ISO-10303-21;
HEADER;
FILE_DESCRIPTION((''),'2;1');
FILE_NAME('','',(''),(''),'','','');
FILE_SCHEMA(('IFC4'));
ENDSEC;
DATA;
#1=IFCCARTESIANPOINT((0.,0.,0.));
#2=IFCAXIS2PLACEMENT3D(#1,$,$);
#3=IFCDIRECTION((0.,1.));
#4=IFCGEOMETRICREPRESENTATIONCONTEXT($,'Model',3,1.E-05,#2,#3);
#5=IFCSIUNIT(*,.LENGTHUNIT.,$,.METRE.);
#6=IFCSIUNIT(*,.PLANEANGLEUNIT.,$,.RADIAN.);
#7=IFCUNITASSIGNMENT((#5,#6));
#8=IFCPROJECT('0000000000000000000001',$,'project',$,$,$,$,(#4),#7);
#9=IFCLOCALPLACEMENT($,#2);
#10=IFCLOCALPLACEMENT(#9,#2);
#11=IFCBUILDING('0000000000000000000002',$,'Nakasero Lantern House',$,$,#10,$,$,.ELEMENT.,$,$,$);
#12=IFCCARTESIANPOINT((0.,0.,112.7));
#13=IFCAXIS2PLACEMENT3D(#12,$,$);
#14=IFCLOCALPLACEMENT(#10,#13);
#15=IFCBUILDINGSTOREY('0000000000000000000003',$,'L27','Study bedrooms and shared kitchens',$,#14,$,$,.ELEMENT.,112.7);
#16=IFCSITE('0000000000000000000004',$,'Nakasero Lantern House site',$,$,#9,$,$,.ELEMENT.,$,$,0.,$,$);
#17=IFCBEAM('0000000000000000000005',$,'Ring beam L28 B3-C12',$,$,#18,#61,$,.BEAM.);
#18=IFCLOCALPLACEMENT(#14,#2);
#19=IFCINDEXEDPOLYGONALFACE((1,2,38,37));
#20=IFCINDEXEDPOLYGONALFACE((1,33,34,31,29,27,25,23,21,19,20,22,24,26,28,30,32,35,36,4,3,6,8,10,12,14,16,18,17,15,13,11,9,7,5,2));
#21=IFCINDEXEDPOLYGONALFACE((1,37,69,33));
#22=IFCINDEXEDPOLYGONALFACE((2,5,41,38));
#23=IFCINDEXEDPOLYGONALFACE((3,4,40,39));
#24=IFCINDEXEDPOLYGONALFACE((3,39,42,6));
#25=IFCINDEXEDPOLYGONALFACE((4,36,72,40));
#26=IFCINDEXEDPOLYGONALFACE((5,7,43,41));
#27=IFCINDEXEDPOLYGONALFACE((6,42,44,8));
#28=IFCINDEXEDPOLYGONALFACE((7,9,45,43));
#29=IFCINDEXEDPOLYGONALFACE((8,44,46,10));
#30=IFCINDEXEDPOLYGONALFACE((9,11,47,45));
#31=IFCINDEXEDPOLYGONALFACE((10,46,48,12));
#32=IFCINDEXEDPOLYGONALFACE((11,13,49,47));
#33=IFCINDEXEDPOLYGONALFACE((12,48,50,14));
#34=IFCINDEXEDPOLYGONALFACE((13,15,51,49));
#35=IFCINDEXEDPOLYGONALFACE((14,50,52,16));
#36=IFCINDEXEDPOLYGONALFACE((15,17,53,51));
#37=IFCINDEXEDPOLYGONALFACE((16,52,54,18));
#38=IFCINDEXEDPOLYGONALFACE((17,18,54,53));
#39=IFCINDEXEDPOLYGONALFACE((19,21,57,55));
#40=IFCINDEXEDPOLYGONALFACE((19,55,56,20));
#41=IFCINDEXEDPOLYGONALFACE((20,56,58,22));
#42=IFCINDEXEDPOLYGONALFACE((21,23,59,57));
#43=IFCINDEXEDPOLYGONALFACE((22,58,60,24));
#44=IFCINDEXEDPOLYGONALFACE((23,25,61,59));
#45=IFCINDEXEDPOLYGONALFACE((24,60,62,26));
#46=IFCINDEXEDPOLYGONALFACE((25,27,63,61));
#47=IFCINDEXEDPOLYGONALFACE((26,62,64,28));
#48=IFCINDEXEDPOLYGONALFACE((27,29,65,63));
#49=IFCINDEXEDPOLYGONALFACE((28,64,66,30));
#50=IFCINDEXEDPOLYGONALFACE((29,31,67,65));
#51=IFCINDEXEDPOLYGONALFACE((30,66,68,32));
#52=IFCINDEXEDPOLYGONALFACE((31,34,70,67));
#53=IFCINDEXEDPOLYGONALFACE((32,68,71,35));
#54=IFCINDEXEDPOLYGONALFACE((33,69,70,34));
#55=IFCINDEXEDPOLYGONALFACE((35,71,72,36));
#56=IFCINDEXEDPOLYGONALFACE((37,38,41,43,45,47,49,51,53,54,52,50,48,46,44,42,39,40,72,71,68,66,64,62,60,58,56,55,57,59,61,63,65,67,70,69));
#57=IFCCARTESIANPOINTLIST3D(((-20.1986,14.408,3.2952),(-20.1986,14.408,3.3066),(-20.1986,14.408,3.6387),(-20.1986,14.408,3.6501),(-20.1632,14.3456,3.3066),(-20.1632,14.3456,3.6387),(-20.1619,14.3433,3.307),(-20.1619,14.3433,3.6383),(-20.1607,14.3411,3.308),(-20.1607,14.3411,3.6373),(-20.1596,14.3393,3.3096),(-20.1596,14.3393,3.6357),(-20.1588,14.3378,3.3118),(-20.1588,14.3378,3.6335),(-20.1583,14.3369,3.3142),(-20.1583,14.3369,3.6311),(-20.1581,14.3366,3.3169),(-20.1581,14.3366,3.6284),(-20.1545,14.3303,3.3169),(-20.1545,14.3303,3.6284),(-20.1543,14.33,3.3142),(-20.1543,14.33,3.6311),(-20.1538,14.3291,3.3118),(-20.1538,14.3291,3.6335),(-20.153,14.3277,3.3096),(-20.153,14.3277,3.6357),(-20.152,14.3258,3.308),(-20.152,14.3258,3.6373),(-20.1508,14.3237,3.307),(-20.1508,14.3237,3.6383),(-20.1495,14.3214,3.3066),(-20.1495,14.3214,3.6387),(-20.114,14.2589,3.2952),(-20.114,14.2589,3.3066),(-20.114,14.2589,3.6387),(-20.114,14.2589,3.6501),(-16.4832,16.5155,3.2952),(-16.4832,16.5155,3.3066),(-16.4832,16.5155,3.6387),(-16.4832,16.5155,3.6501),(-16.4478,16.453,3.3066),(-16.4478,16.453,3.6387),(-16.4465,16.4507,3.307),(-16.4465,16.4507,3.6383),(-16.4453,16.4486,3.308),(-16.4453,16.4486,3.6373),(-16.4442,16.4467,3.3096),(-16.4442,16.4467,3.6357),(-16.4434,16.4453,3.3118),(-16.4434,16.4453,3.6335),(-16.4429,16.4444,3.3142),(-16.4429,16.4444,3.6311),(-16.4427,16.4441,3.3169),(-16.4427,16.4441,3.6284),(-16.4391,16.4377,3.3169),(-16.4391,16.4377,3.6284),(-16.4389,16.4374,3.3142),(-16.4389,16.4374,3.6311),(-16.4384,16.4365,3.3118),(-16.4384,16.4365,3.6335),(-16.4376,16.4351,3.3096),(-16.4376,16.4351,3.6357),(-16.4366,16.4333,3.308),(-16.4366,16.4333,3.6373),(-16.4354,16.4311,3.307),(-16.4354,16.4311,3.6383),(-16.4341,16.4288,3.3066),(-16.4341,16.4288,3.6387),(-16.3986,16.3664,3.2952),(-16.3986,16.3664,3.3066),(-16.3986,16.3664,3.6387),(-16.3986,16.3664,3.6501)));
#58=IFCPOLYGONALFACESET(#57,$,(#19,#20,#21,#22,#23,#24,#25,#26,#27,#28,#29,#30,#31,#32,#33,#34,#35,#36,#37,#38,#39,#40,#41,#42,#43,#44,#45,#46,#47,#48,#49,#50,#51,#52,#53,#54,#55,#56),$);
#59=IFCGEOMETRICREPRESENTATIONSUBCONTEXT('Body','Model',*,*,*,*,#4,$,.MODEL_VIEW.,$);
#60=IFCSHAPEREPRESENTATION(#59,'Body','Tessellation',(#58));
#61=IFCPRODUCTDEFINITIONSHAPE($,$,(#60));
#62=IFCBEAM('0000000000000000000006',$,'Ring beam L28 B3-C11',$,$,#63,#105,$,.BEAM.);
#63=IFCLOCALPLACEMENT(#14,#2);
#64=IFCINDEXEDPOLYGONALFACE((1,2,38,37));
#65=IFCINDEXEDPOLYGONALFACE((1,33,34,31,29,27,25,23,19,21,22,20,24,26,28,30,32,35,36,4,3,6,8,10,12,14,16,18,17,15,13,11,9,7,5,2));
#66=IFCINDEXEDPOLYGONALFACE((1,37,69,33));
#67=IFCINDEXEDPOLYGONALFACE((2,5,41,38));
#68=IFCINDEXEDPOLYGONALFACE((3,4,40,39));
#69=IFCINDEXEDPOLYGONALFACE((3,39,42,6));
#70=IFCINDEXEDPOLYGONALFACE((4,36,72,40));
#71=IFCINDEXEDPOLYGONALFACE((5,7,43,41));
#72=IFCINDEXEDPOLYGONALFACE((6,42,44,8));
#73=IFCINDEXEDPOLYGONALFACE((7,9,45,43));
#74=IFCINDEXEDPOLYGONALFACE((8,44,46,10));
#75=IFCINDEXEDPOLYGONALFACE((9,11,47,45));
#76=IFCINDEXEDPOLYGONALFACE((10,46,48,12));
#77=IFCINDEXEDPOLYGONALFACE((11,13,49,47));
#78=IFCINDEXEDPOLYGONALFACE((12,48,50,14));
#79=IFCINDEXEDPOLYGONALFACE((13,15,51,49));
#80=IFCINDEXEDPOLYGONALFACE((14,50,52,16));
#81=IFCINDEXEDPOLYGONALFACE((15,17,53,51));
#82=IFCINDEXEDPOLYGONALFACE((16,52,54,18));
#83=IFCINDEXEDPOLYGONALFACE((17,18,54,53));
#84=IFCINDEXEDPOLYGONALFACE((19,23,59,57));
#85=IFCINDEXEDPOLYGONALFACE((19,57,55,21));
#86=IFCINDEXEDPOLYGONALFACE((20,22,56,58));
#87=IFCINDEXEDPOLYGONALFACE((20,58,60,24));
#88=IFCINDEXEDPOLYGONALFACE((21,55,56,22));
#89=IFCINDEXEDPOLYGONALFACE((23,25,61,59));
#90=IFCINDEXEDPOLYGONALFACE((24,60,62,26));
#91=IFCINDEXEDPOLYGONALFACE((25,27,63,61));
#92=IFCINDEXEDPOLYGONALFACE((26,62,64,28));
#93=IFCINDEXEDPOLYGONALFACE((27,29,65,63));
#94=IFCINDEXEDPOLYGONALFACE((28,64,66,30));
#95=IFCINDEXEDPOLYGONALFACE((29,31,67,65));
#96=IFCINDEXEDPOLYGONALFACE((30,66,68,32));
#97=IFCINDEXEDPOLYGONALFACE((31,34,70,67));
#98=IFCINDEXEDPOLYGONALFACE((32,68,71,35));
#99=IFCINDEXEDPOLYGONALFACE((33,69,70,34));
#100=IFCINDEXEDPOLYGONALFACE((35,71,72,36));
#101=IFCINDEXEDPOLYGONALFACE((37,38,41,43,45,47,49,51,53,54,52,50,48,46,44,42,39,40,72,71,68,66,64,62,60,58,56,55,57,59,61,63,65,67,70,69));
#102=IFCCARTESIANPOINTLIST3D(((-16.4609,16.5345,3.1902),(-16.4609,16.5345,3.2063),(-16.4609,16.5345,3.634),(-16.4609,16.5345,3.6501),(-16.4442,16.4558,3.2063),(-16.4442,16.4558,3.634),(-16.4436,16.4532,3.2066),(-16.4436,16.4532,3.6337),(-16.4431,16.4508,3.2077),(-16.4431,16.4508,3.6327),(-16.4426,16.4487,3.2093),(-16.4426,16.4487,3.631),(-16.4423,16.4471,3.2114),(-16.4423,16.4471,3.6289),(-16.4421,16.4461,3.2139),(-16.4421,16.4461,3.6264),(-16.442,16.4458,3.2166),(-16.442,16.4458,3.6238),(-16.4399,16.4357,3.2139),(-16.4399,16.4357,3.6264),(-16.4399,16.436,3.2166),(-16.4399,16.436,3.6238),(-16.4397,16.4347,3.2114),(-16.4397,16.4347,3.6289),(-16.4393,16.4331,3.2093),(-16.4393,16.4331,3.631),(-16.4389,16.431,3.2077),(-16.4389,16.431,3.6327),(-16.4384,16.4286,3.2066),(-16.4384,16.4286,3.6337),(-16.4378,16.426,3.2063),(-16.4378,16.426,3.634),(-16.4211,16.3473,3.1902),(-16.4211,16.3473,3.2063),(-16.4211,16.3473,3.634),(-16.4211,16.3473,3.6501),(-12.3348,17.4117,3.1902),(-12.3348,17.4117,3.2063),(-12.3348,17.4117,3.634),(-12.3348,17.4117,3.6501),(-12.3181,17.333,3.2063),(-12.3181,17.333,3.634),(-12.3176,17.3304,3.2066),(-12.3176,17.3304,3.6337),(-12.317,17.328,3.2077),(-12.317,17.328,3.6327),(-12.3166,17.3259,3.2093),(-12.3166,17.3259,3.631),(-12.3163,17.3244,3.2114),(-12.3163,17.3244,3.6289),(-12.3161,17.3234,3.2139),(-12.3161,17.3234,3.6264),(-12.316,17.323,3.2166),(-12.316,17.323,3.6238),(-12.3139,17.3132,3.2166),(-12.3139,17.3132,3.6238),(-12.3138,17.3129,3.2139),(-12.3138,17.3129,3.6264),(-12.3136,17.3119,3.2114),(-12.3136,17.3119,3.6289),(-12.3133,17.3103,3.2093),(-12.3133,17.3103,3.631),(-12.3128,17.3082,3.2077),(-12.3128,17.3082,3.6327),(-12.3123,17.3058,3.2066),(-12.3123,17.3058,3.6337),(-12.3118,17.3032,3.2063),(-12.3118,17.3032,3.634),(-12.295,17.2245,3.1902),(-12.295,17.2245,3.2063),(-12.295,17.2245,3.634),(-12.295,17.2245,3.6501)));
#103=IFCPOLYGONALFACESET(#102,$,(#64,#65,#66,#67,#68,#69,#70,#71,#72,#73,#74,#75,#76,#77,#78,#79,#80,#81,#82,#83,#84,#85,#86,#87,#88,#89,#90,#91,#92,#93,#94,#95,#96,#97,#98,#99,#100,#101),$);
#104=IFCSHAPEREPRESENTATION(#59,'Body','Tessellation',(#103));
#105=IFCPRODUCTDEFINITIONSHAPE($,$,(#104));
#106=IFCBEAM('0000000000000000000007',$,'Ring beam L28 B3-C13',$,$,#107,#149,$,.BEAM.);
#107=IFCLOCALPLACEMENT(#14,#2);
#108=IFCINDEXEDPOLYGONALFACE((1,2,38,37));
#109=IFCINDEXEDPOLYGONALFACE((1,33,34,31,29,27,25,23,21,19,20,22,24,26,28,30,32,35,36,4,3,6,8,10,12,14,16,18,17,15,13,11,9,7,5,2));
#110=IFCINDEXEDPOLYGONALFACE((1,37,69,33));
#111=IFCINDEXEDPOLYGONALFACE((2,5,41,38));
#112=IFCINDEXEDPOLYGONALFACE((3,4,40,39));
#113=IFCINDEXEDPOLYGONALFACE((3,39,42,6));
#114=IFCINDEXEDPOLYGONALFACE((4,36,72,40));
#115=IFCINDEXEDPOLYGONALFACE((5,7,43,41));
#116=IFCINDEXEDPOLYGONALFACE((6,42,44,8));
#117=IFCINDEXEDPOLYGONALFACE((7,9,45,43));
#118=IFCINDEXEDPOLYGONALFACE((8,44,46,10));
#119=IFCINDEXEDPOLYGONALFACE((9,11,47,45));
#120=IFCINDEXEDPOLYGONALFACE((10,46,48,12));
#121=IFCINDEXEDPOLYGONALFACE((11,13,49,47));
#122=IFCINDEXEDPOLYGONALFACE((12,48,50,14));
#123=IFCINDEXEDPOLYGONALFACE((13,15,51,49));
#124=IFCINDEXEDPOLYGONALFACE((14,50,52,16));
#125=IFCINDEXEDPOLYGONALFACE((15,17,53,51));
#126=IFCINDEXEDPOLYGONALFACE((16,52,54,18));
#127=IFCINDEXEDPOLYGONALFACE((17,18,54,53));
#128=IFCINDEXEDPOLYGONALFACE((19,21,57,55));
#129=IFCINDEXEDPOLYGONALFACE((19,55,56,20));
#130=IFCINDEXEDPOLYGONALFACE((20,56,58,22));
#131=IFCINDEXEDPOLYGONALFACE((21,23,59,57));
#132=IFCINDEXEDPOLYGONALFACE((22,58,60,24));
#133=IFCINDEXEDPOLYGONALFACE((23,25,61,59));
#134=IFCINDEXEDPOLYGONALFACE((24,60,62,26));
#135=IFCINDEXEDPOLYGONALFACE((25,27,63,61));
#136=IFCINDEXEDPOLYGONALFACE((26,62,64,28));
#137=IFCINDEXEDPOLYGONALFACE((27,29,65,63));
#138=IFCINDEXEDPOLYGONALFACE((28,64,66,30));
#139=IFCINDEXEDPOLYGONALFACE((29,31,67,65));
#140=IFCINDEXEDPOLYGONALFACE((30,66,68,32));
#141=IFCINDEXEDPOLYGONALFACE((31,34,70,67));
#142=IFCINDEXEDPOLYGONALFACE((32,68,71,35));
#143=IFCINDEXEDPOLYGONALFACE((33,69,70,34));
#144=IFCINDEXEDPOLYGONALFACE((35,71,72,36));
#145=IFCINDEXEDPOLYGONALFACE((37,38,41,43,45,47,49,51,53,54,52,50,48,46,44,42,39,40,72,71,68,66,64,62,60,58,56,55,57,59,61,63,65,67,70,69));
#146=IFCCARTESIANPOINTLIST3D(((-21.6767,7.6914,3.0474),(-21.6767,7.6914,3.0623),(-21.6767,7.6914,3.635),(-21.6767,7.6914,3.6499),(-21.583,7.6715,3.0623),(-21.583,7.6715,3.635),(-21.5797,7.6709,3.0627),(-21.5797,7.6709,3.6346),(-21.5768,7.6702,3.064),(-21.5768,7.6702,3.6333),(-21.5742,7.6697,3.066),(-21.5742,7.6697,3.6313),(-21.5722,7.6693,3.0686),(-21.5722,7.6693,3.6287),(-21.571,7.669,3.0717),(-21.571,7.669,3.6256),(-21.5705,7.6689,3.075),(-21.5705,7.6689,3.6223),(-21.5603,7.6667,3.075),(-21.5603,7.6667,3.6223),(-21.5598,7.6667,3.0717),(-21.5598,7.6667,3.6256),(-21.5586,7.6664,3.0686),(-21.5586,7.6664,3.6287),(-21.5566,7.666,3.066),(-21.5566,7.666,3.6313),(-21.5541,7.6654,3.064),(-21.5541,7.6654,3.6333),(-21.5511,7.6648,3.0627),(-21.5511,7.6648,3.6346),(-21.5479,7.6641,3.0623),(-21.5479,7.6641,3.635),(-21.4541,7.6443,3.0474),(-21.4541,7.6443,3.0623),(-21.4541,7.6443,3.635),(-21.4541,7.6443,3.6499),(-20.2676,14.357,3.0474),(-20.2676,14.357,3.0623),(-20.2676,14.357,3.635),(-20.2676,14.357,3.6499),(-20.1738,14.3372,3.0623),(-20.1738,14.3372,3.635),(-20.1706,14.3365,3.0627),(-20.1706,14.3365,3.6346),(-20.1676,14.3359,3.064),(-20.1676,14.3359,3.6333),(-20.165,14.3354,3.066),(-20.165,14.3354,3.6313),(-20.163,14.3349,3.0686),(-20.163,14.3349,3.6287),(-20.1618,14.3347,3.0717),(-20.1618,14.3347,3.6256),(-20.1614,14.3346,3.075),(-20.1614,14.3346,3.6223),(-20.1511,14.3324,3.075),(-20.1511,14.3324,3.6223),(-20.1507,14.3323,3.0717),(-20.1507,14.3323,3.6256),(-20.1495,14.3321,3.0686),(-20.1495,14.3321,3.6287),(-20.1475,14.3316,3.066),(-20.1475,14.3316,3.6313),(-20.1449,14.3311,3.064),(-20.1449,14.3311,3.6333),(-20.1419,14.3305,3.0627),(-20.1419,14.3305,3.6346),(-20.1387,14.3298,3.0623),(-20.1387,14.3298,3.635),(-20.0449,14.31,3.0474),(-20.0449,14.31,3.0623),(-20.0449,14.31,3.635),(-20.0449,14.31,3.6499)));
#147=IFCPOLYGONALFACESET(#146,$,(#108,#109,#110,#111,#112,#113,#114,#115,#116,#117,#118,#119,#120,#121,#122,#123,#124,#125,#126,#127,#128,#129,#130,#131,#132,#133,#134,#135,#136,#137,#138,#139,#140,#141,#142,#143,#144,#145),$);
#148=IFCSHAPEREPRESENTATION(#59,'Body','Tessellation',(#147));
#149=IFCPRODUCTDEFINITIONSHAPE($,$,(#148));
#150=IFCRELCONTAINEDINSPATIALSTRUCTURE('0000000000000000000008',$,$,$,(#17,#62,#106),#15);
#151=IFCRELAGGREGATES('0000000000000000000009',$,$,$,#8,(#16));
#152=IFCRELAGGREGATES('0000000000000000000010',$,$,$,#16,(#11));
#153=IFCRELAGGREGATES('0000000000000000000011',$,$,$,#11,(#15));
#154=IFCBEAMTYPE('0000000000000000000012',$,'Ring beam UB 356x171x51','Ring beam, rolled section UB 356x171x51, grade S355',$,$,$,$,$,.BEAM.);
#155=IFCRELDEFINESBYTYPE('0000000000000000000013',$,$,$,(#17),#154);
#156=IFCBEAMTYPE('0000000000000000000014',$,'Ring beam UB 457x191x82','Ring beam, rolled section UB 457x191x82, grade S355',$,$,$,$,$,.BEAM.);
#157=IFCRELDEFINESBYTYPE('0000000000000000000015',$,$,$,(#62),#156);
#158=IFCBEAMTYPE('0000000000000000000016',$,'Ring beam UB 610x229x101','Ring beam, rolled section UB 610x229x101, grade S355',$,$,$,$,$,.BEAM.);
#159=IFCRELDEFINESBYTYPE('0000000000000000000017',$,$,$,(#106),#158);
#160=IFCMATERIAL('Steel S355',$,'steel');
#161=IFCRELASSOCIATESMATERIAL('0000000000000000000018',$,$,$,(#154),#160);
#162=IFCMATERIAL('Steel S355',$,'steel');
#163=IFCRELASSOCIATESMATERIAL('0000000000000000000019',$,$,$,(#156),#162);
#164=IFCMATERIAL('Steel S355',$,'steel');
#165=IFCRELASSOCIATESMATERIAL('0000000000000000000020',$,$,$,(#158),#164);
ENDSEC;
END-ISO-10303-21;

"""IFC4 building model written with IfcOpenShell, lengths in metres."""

from ifc_helpers import new_model, si_unit, direction, frame, origin, origin_2d, place, context, subcontext, project, spatial, i_section, extrude, material, material_profile, profile_set, type_object, element, save


model = new_model("IFC4")

# Units and contexts
model_context = context("Model", 3, precision=1e-05, world=origin(), true_north=direction((0.0, 1.0)))
body_context = subcontext(model_context, "Body", "Model", "MODEL_VIEW")
ifc_project = project(units=[si_unit("LENGTHUNIT", "METRE"), si_unit("PLANEANGLEUNIT", "RADIAN")], contexts=[model_context])

# Site, building, storey
site_placement = place(None, origin())
site = spatial("IfcSite", under=ifc_project, at=site_placement, Name="Nakasero Lantern House site", CompositionType="ELEMENT", RefElevation=0.0)
building_placement = place(site_placement, origin())
building = spatial("IfcBuilding", under=site, at=building_placement, Name="Nakasero Lantern House", CompositionType="ELEMENT")
storey_placement = place(building_placement, frame((0.0, 0.0, 112.7)))
storey = spatial("IfcBuildingStorey", under=building, at=storey_placement, Name="L27", Description="Study bedrooms and shared kitchens", CompositionType="ELEMENT", Elevation=112.7)

# Beams
ifc_material_1 = material(Name="Steel S355", Category="steel")
ifc_material_profile_1 = material_profile(ifc_material_1, i_section(OverallWidth=0.1714, OverallDepth=0.355, WebThickness=0.0073, FlangeThickness=0.0115, FilletRadius=0.0103, at=origin_2d()), Name="UB 356x171x51")
ifc_profile_set_1 = profile_set([ifc_material_profile_1], Name="Steel S355")
beam_type_1 = type_object("IfcBeamType", Name="Ring beam UB 356x171x51", Description="Ring beam, rolled section UB 356x171x51, grade S355", PredefinedType="BEAM", material=ifc_profile_set_1)
beam_1_placement = place(storey_placement, frame((-16.4409, 16.4409, 3.4727), z_axis=(-0.869815, -0.493379, 0.0), x_axis=(0.493379, -0.869815, 0.0)))
element("IfcBeam", 1, at=beam_1_placement, inside=storey, type_object=beam_type_1, Name="Ring beam L28 B3-C12", PredefinedType="BEAM", context=body_context, shape_type="SweptSolid", body=[
    extrude(i_section(OverallWidth=0.1714, OverallDepth=0.355, WebThickness=0.0073, FlangeThickness=0.0115, FilletRadius=0.0103, at=origin_2d()), origin(), (0.0, 0.0, 1.0), 4.2715),
])
ifc_material_2 = material(Name="Steel S355", Category="steel")
ifc_material_profile_2 = material_profile(ifc_material_2, i_section(OverallWidth=0.1914, OverallDepth=0.46, WebThickness=0.01, FlangeThickness=0.0161, FilletRadius=0.0103, at=origin_2d()), Name="UB 457x191x82")
ifc_profile_set_2 = profile_set([ifc_material_profile_2], Name="Steel S355")
beam_type_2 = type_object("IfcBeamType", Name="Ring beam UB 457x191x82", Description="Ring beam, rolled section UB 457x191x82, grade S355", PredefinedType="BEAM", material=ifc_profile_set_2)
beam_2_placement = place(storey_placement, frame((-12.3149, 17.3181, 3.4202), z_axis=(-0.978138, -0.207956, 0.0), x_axis=(0.207956, -0.978138, 0.0)))
element("IfcBeam", 2, at=beam_2_placement, inside=storey, type_object=beam_type_2, Name="Ring beam L28 B3-C11", PredefinedType="BEAM", context=body_context, shape_type="SweptSolid", body=[
    extrude(i_section(OverallWidth=0.1914, OverallDepth=0.46, WebThickness=0.01, FlangeThickness=0.0161, FilletRadius=0.0103, at=origin_2d()), origin(), (0.0, 0.0, 1.0), 4.2183),
])
ifc_material_3 = material(Name="Steel S355", Category="steel")
ifc_material_profile_3 = material_profile(ifc_material_3, i_section(OverallWidth=0.2275, OverallDepth=0.6025, WebThickness=0.0105, FlangeThickness=0.0149, FilletRadius=0.0127, at=origin_2d()), Name="UB 610x229x101")
ifc_profile_set_3 = profile_set([ifc_material_profile_3], Name="Steel S355")
beam_type_3 = type_object("IfcBeamType", Name="Ring beam UB 610x229x101", Description="Ring beam, rolled section UB 610x229x101, grade S355", PredefinedType="BEAM", material=ifc_profile_set_3)
beam_3_placement = place(storey_placement, frame((-20.1562, 14.3335, 3.3486), z_axis=(-0.206834, -0.978376, 0.0), x_axis=(0.978376, -0.206834, 0.0)))
element("IfcBeam", 3, at=beam_3_placement, inside=storey, type_object=beam_type_3, Name="Ring beam L28 B3-C13", PredefinedType="BEAM", context=body_context, shape_type="SweptSolid", body=[
    extrude(i_section(OverallWidth=0.2275, OverallDepth=0.6025, WebThickness=0.0105, FlangeThickness=0.0149, FilletRadius=0.0127, at=origin_2d()), origin(), (0.0, 0.0, 1.0), 6.813),
])

save(model, "model.ifc")
